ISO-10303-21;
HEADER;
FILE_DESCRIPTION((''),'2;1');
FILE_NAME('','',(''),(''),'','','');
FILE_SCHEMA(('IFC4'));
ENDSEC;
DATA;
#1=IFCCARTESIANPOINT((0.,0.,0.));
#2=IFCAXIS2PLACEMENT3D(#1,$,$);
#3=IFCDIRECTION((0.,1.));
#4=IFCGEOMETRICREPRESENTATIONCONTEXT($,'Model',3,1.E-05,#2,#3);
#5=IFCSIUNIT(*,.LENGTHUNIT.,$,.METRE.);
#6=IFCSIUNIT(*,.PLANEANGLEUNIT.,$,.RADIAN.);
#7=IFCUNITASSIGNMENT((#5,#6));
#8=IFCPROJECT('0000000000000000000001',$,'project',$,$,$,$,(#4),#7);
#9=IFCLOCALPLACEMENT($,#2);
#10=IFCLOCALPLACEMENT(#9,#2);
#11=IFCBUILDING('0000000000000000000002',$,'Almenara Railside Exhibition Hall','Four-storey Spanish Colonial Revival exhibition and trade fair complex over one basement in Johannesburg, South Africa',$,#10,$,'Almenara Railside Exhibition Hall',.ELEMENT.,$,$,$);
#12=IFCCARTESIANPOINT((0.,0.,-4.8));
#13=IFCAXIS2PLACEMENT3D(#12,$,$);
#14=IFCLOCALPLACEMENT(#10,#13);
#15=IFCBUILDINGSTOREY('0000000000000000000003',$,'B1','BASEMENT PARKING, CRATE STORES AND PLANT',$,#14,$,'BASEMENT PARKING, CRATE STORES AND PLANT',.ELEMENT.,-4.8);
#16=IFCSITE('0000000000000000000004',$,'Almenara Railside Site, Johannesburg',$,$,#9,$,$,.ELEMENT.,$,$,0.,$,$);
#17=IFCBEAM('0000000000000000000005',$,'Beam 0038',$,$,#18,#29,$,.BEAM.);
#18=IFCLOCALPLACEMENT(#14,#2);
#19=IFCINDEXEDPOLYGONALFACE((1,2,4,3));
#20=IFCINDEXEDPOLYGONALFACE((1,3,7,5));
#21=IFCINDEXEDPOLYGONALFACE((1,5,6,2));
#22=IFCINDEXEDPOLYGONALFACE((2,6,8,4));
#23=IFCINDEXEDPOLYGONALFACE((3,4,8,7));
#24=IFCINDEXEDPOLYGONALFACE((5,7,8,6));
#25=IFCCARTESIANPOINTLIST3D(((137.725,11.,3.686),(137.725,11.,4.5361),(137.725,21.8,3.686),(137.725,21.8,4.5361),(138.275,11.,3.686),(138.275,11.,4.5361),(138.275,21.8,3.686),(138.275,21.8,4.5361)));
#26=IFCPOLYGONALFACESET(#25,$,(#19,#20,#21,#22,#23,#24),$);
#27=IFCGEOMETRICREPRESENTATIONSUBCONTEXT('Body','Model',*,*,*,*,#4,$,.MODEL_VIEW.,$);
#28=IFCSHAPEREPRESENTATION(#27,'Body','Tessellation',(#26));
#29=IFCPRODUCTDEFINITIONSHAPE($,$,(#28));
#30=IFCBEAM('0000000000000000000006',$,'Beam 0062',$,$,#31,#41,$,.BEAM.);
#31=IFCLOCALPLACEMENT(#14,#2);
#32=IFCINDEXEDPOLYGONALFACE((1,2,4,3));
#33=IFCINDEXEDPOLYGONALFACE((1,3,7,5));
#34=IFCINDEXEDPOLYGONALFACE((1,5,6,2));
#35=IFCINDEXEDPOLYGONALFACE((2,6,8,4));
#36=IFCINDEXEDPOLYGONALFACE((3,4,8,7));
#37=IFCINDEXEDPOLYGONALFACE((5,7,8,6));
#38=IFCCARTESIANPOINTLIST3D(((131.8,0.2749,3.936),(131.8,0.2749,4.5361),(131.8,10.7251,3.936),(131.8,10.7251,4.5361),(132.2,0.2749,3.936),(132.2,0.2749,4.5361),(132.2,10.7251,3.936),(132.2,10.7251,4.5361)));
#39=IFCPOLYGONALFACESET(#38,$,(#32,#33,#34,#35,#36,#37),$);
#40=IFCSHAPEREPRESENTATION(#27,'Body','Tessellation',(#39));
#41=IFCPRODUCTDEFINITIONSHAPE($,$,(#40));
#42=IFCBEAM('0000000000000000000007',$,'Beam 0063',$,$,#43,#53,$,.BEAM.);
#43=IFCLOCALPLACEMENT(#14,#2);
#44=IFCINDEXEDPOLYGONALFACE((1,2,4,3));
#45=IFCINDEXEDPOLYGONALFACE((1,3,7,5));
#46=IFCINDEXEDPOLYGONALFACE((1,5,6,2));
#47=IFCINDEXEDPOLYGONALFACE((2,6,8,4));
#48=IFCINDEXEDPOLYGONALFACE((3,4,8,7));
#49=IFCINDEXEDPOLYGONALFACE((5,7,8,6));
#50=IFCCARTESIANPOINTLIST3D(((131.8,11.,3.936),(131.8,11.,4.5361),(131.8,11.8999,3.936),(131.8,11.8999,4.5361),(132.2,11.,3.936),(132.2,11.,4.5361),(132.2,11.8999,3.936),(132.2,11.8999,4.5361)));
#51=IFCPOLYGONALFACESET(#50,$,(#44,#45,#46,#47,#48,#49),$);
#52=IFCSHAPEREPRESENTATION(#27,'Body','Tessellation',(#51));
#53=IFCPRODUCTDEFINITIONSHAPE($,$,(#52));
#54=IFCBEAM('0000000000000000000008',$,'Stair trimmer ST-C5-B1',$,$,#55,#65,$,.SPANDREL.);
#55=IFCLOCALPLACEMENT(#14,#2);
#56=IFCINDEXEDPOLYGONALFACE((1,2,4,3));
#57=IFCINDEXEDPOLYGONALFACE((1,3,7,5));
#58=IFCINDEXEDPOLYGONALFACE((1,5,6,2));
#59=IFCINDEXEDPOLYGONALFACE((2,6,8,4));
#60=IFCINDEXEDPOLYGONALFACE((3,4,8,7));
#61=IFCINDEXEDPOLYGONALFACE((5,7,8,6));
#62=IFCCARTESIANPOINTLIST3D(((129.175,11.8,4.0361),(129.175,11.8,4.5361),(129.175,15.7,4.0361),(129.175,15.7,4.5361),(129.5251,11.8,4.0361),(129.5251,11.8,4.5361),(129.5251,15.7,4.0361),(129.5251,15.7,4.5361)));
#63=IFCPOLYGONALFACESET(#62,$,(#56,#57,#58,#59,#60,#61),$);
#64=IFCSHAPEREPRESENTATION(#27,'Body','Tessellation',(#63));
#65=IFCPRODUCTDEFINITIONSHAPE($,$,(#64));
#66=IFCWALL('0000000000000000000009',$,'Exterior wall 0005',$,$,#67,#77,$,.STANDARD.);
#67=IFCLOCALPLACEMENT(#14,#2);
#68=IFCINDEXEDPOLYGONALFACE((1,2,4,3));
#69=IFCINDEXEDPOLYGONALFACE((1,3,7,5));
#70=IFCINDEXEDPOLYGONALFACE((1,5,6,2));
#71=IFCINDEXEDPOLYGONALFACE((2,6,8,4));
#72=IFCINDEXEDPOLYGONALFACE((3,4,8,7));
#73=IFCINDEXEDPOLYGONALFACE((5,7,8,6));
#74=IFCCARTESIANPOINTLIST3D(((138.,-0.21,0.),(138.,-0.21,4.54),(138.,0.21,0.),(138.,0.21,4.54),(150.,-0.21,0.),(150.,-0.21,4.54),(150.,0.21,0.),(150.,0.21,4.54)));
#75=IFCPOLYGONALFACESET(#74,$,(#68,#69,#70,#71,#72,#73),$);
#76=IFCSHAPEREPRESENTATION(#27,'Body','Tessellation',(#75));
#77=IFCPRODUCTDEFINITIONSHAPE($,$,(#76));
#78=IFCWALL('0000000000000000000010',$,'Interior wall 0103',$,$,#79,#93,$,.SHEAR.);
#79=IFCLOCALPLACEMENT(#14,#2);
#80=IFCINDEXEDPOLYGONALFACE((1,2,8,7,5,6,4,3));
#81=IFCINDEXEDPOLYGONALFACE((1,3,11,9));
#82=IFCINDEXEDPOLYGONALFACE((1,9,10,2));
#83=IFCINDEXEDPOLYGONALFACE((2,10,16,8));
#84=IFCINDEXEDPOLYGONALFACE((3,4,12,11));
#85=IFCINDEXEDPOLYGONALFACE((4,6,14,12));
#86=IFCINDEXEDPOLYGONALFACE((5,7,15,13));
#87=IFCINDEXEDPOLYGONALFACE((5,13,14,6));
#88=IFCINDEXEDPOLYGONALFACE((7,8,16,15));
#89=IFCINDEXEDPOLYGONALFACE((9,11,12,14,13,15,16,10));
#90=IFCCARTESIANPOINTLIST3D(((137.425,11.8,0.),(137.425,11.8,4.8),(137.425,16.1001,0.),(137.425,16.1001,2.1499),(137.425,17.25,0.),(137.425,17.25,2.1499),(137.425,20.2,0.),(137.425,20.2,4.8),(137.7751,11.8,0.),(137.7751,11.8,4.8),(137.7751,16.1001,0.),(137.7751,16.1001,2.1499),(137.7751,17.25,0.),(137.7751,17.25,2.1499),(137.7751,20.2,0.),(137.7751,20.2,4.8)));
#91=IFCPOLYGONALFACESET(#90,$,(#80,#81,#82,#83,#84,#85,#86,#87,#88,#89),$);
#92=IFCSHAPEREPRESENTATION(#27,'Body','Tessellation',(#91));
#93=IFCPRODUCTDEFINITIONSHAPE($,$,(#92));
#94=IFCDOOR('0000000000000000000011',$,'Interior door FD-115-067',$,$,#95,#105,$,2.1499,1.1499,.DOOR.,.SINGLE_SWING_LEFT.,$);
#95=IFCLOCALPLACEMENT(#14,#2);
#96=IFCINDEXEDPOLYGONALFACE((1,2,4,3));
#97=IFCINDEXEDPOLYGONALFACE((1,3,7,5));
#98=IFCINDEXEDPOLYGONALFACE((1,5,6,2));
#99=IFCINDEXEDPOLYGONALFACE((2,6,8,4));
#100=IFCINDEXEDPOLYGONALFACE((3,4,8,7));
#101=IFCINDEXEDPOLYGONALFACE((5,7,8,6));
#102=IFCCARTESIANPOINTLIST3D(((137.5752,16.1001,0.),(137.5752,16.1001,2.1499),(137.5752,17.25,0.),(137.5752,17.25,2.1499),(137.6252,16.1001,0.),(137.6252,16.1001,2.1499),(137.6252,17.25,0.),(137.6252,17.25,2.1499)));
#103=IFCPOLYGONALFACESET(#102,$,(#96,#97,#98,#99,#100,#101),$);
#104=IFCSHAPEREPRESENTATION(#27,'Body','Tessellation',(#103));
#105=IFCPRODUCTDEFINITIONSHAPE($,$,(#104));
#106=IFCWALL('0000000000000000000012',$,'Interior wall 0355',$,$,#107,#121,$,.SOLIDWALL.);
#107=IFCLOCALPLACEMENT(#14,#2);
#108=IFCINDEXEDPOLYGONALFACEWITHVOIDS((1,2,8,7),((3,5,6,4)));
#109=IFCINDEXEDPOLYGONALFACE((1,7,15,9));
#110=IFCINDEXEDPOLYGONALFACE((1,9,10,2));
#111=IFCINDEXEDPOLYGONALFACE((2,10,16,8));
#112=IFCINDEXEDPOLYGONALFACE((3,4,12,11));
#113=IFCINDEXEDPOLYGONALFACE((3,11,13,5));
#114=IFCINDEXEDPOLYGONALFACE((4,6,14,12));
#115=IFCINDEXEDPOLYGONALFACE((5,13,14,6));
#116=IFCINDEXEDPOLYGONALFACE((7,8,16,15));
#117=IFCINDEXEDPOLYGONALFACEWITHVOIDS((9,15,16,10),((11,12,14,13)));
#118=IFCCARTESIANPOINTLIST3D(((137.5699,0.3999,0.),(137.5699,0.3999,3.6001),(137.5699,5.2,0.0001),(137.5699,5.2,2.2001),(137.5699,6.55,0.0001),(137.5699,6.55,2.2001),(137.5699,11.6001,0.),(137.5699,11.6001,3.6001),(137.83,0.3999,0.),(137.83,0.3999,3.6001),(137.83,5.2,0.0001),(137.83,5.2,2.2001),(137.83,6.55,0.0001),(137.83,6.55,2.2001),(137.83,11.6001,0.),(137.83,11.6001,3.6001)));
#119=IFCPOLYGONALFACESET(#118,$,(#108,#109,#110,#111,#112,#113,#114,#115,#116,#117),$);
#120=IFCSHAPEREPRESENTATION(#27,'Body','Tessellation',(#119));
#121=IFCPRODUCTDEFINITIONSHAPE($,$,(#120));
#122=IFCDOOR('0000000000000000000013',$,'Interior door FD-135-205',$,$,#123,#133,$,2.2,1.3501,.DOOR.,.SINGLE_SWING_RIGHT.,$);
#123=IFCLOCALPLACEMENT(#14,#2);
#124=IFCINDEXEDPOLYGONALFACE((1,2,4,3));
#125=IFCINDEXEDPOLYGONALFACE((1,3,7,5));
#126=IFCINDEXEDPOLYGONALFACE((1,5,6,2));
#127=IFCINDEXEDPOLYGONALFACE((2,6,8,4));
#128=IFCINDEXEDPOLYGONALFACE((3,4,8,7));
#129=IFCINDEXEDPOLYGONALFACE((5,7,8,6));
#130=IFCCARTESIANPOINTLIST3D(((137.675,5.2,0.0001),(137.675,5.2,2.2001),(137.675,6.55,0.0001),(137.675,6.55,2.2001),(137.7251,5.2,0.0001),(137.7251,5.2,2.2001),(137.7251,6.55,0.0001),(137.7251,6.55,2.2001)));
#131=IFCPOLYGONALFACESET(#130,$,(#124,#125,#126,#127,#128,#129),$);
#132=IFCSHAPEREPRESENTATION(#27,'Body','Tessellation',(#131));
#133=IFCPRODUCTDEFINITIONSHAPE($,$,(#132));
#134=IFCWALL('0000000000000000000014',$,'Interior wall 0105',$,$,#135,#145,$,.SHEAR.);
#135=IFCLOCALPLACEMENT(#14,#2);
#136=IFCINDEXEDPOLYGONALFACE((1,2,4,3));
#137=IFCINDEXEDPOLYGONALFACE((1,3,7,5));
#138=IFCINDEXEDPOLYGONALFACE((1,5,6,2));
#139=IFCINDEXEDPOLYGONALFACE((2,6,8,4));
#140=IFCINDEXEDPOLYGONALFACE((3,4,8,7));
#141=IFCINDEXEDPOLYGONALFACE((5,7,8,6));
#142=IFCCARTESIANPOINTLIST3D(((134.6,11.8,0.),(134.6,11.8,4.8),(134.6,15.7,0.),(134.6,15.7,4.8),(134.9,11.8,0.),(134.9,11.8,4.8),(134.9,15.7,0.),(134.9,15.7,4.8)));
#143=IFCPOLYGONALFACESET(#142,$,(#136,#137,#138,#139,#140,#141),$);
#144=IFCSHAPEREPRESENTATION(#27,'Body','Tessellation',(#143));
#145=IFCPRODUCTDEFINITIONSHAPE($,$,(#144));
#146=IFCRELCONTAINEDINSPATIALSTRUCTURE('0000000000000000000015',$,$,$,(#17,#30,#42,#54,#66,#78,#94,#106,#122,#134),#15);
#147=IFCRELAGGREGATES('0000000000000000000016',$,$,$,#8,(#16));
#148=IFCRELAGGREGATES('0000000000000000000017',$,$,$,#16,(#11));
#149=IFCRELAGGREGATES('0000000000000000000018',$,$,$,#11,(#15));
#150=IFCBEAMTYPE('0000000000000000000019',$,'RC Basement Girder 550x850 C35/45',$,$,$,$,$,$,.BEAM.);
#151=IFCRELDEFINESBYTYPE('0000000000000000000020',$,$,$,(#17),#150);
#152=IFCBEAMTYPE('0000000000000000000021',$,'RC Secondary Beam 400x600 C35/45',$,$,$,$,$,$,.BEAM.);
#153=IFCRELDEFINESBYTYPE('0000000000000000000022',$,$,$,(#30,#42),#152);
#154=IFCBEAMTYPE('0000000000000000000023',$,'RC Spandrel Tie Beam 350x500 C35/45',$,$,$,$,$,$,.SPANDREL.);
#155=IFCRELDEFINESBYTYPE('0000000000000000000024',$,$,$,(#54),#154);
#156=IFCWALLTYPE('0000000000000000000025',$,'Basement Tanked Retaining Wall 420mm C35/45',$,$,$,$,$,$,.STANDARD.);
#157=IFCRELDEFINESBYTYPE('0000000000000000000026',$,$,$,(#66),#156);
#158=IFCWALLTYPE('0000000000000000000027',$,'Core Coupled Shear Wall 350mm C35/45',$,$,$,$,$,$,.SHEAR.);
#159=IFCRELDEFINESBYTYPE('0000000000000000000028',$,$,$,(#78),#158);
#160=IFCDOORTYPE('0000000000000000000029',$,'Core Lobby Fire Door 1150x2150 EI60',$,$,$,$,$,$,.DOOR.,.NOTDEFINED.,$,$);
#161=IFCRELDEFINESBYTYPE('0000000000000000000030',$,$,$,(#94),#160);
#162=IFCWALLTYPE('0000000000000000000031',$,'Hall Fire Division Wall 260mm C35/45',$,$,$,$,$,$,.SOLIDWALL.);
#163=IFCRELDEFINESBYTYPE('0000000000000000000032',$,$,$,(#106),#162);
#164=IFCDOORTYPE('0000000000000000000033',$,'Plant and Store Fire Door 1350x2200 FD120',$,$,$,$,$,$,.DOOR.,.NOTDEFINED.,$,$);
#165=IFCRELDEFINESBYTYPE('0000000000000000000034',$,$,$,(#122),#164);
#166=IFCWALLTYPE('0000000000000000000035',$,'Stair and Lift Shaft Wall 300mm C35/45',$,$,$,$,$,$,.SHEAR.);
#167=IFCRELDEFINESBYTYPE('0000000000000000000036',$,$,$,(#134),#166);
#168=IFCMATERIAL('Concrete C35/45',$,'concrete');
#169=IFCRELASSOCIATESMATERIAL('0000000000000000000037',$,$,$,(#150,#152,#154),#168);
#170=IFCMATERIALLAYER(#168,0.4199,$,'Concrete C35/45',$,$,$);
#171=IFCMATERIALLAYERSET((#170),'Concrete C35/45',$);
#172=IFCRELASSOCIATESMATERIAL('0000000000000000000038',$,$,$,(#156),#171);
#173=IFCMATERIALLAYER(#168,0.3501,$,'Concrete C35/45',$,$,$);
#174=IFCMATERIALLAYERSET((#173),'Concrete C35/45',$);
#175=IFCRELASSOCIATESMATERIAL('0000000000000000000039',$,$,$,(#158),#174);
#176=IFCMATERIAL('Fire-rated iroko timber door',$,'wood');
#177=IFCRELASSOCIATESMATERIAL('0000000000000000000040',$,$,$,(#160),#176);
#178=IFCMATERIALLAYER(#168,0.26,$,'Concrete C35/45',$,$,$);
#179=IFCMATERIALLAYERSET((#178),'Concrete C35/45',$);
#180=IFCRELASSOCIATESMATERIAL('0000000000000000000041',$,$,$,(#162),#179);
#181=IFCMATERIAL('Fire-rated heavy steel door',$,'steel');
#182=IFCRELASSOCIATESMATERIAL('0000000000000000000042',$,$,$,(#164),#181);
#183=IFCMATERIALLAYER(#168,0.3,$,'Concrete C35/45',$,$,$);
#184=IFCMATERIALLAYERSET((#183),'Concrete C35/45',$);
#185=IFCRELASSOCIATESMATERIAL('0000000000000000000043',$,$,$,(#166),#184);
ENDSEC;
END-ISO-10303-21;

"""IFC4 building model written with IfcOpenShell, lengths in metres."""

from ifc_helpers import new_model, si_unit, direction, frame, frame_2d, origin, origin_2d, place, context, subcontext, project, spatial, rectangle, extrude, material, layer, layer_set, material_profile, profile_set, type_object, element, fill, save


model = new_model("IFC4")

# Units and contexts
model_context = context("Model", 3, precision=1e-05, world=origin(), true_north=direction((0.0, 1.0)))
body_context = subcontext(model_context, "Body", "Model", "MODEL_VIEW")
ifc_project = project(units=[si_unit("LENGTHUNIT", "METRE"), si_unit("PLANEANGLEUNIT", "RADIAN")], contexts=[model_context])

# Site, building, storey
site_placement = place(None, origin())
site = spatial("IfcSite", under=ifc_project, at=site_placement, Name="Almenara Railside Site, Johannesburg", CompositionType="ELEMENT", RefElevation=0.0)
building_placement = place(site_placement, origin())
building = spatial("IfcBuilding", under=site, at=building_placement, Name="Almenara Railside Exhibition Hall", Description="Four-storey Spanish Colonial Revival exhibition and trade fair complex over one basement in Johannesburg, South Africa", LongName="Almenara Railside Exhibition Hall", CompositionType="ELEMENT")
storey_placement = place(building_placement, frame((0.0, 0.0, -4.8)))
storey = spatial("IfcBuildingStorey", under=building, at=storey_placement, Name="B1", Description="BASEMENT PARKING, CRATE STORES AND PLANT", LongName="BASEMENT PARKING, CRATE STORES AND PLANT", CompositionType="ELEMENT", Elevation=-4.8)

# Beams
ifc_material_1 = material(Name="Concrete C35/45", Category="concrete")
ifc_material_profile_1 = material_profile(ifc_material_1, rectangle(XDim=0.55, YDim=0.8501, at=origin_2d()), Name="RC 550x850")
ifc_profile_set_1 = profile_set([ifc_material_profile_1], Name="Concrete C35/45")
beam_type_1 = type_object("IfcBeamType", Name="RC Basement Girder 550x850 C35/45", PredefinedType="BEAM", material=ifc_profile_set_1)
beam_1_placement = place(storey_placement, frame((138.0, 11.0, 4.1111), z_axis=(0.0, 1.0, 0.0), x_axis=(-1.0, 0.0, 0.0)))
element("IfcBeam", 1, at=beam_1_placement, inside=storey, type_object=beam_type_1, Name="Beam 0038", PredefinedType="BEAM", context=body_context, shape_type="SweptSolid", body=[
    extrude(rectangle(XDim=0.55, YDim=0.8501, at=origin_2d()), origin(), (0.0, 0.0, 1.0), 10.8),
])
ifc_material_profile_2 = material_profile(ifc_material_1, rectangle(XDim=0.3999, YDim=0.6001, at=origin_2d()), Name="RC 400x600")
ifc_profile_set_2 = profile_set([ifc_material_profile_2], Name="Concrete C35/45")
beam_type_2 = type_object("IfcBeamType", Name="RC Secondary Beam 400x600 C35/45", PredefinedType="BEAM", material=ifc_profile_set_2)
beam_2_placement = place(storey_placement, frame((132.0, 0.2749, 4.2361), z_axis=(0.0, 1.0, 0.0), x_axis=(-1.0, 0.0, 0.0)))
element("IfcBeam", 2, at=beam_2_placement, inside=storey, type_object=beam_type_2, Name="Beam 0062", PredefinedType="BEAM", context=body_context, shape_type="SweptSolid", body=[
    extrude(rectangle(XDim=0.3999, YDim=0.6001, at=origin_2d()), origin(), (0.0, 0.0, 1.0), 10.4502),
])
beam_3_placement = place(storey_placement, frame((132.0, 11.0, 4.2361), z_axis=(0.0, 1.0, 0.0), x_axis=(-1.0, 0.0, 0.0)))
element("IfcBeam", 3, at=beam_3_placement, inside=storey, type_object=beam_type_2, Name="Beam 0063", PredefinedType="BEAM", context=body_context, shape_type="SweptSolid", body=[
    extrude(rectangle(XDim=0.3999, YDim=0.6001, at=origin_2d()), origin(), (0.0, 0.0, 1.0), 0.8999),
])
ifc_material_profile_3 = material_profile(ifc_material_1, rectangle(XDim=0.3501, YDim=0.5, at=origin_2d()), Name="RC 350x500")
ifc_profile_set_3 = profile_set([ifc_material_profile_3], Name="Concrete C35/45")
beam_type_3 = type_object("IfcBeamType", Name="RC Spandrel Tie Beam 350x500 C35/45", PredefinedType="SPANDREL", material=ifc_profile_set_3)
beam_4_placement = place(storey_placement, frame((129.3501, 11.8, 4.2861), z_axis=(0.0, 1.0, 0.0), x_axis=(-1.0, 0.0, 0.0)))
element("IfcBeam", 4, at=beam_4_placement, inside=storey, type_object=beam_type_3, Name="Stair trimmer ST-C5-B1", PredefinedType="SPANDREL", context=body_context, shape_type="SweptSolid", body=[
    extrude(rectangle(XDim=0.3501, YDim=0.5, at=origin_2d()), origin(), (0.0, 0.0, 1.0), 3.8999),
])

# Wall
ifc_layer_1 = layer(ifc_material_1, 0.4199, Name="Concrete C35/45")
ifc_layer_set_1 = layer_set([ifc_layer_1], Name="Concrete C35/45")
wall_type_1 = type_object("IfcWallType", Name="Basement Tanked Retaining Wall 420mm C35/45", PredefinedType="STANDARD", material=ifc_layer_set_1)
wall_1_placement = place(storey_placement, frame((138.0, 0.0, 0.0), z_axis=(0.0, 0.0, 1.0), x_axis=(1.0, 0.0, 0.0)))
element("IfcWall", 5, at=wall_1_placement, inside=storey, type_object=wall_type_1, Name="Exterior wall 0005", PredefinedType="STANDARD", context=body_context, shape_type="SweptSolid", body=[
    extrude(rectangle(XDim=12.0, YDim=0.4199, at=frame_2d((6.0, 0.0))), origin(), (0.0, 0.0, 1.0), 4.54),
])

# Walls, openings, doors
ifc_layer_2 = layer(ifc_material_1, 0.3501, Name="Concrete C35/45")
ifc_layer_set_2 = layer_set([ifc_layer_2], Name="Concrete C35/45")
wall_type_2 = type_object("IfcWallType", Name="Core Coupled Shear Wall 350mm C35/45", PredefinedType="SHEAR", material=ifc_layer_set_2)
wall_2_placement = place(storey_placement, frame((137.6001, 11.8, 0.0), z_axis=(0.0, 0.0, 1.0), x_axis=(0.0, 1.0, 0.0)))
wall_2 = element("IfcWall", 6, at=wall_2_placement, inside=storey, type_object=wall_type_2, Name="Interior wall 0103", PredefinedType="SHEAR", context=body_context, shape_type="SweptSolid", body=[
    extrude(rectangle(XDim=8.3999, YDim=0.3501, at=frame_2d((4.2, 0.0))), origin(), (0.0, 0.0, 1.0), 4.8),
])
opening_1_placement = place(wall_2_placement, frame((4.3, 0.0, 0.0)))
opening_1 = element("IfcOpeningElement", 7, at=opening_1_placement, cuts=wall_2, PredefinedType="OPENING", context=body_context, shape_type="SweptSolid", body=[
    extrude(rectangle(XDim=1.1499, YDim=2.1499, at=frame_2d((0.575, 1.075))), frame((0.0, 0.1851, 0.0), z_axis=(0.0, -1.0, 0.0), x_axis=(1.0, 0.0, 0.0)), (0.0, 0.0, 1.0), 0.3701),
])
ifc_material_2 = material(Name="Fire-rated iroko timber door", Category="wood")
door_type_1 = type_object("IfcDoorType", Name="Core Lobby Fire Door 1150x2150 EI60", OperationType="NOTDEFINED", PredefinedType="DOOR", material=ifc_material_2)
door_1_placement = place(opening_1_placement, origin())
door_1 = element("IfcDoor", 8, at=door_1_placement, inside=storey, type_object=door_type_1, Name="Interior door FD-115-067", OperationType="SINGLE_SWING_LEFT", OverallHeight=2.1499, OverallWidth=1.1499, PredefinedType="DOOR", context=body_context, shape_type="SweptSolid", body=[
    extrude(rectangle(XDim=1.1499, YDim=2.1499, at=frame_2d((0.575, 1.075))), frame((0.0, 0.0249, 0.0), z_axis=(0.0, -1.0, 0.0), x_axis=(1.0, 0.0, 0.0)), (0.0, 0.0, 1.0), 0.05),
])
fill(opening_1, door_1)
ifc_layer_3 = layer(ifc_material_1, 0.26, Name="Concrete C35/45")
ifc_layer_set_3 = layer_set([ifc_layer_3], Name="Concrete C35/45")
wall_type_3 = type_object("IfcWallType", Name="Hall Fire Division Wall 260mm C35/45", PredefinedType="SOLIDWALL", material=ifc_layer_set_3)
wall_3_placement = place(storey_placement, frame((137.7, 0.3999, 0.0), z_axis=(0.0, 0.0, 1.0), x_axis=(0.0, 1.0, 0.0)))
wall_3 = element("IfcWall", 9, at=wall_3_placement, inside=storey, type_object=wall_type_3, Name="Interior wall 0355", PredefinedType="SOLIDWALL", context=body_context, shape_type="SweptSolid", body=[
    extrude(rectangle(XDim=11.2002, YDim=0.26, at=frame_2d((5.6001, 0.0))), origin(), (0.0, 0.0, 1.0), 3.6001),
])
opening_2_placement = place(wall_3_placement, frame((4.8, 0.0, 0.0)))
opening_2 = element("IfcOpeningElement", 10, at=opening_2_placement, cuts=wall_3, PredefinedType="OPENING", context=body_context, shape_type="SweptSolid", body=[
    extrude(rectangle(XDim=1.3501, YDim=2.2, at=frame_2d((0.675, 1.1001))), frame((0.0, 0.1399, 0.0), z_axis=(0.0, -1.0, 0.0), x_axis=(1.0, 0.0, 0.0)), (0.0, 0.0, 1.0), 0.28),
])
ifc_material_3 = material(Name="Fire-rated heavy steel door", Category="steel")
door_type_2 = type_object("IfcDoorType", Name="Plant and Store Fire Door 1350x2200 FD120", OperationType="NOTDEFINED", PredefinedType="DOOR", material=ifc_material_3)
door_2_placement = place(opening_2_placement, origin())
door_2 = element("IfcDoor", 11, at=door_2_placement, inside=storey, type_object=door_type_2, Name="Interior door FD-135-205", OperationType="SINGLE_SWING_RIGHT", OverallHeight=2.2, OverallWidth=1.3501, PredefinedType="DOOR", context=body_context, shape_type="SweptSolid", body=[
    extrude(rectangle(XDim=1.3501, YDim=2.2, at=frame_2d((0.675, 1.1001))), frame((0.0, 0.0249, 0.0), z_axis=(0.0, -1.0, 0.0), x_axis=(1.0, 0.0, 0.0)), (0.0, 0.0, 1.0), 0.05),
])
fill(opening_2, door_2)

# Wall
ifc_layer_4 = layer(ifc_material_1, 0.3, Name="Concrete C35/45")
ifc_layer_set_4 = layer_set([ifc_layer_4], Name="Concrete C35/45")
wall_type_4 = type_object("IfcWallType", Name="Stair and Lift Shaft Wall 300mm C35/45", PredefinedType="SHEAR", material=ifc_layer_set_4)
wall_4_placement = place(storey_placement, frame((134.75, 11.8, 0.0), z_axis=(0.0, 0.0, 1.0), x_axis=(0.0, 1.0, 0.0)))
element("IfcWall", 12, at=wall_4_placement, inside=storey, type_object=wall_type_4, Name="Interior wall 0105", PredefinedType="SHEAR", context=body_context, shape_type="SweptSolid", body=[
    extrude(rectangle(XDim=3.8999, YDim=0.3, at=frame_2d((1.95, 0.0))), origin(), (0.0, 0.0, 1.0), 4.8),
])

save(model, "model.ifc")
